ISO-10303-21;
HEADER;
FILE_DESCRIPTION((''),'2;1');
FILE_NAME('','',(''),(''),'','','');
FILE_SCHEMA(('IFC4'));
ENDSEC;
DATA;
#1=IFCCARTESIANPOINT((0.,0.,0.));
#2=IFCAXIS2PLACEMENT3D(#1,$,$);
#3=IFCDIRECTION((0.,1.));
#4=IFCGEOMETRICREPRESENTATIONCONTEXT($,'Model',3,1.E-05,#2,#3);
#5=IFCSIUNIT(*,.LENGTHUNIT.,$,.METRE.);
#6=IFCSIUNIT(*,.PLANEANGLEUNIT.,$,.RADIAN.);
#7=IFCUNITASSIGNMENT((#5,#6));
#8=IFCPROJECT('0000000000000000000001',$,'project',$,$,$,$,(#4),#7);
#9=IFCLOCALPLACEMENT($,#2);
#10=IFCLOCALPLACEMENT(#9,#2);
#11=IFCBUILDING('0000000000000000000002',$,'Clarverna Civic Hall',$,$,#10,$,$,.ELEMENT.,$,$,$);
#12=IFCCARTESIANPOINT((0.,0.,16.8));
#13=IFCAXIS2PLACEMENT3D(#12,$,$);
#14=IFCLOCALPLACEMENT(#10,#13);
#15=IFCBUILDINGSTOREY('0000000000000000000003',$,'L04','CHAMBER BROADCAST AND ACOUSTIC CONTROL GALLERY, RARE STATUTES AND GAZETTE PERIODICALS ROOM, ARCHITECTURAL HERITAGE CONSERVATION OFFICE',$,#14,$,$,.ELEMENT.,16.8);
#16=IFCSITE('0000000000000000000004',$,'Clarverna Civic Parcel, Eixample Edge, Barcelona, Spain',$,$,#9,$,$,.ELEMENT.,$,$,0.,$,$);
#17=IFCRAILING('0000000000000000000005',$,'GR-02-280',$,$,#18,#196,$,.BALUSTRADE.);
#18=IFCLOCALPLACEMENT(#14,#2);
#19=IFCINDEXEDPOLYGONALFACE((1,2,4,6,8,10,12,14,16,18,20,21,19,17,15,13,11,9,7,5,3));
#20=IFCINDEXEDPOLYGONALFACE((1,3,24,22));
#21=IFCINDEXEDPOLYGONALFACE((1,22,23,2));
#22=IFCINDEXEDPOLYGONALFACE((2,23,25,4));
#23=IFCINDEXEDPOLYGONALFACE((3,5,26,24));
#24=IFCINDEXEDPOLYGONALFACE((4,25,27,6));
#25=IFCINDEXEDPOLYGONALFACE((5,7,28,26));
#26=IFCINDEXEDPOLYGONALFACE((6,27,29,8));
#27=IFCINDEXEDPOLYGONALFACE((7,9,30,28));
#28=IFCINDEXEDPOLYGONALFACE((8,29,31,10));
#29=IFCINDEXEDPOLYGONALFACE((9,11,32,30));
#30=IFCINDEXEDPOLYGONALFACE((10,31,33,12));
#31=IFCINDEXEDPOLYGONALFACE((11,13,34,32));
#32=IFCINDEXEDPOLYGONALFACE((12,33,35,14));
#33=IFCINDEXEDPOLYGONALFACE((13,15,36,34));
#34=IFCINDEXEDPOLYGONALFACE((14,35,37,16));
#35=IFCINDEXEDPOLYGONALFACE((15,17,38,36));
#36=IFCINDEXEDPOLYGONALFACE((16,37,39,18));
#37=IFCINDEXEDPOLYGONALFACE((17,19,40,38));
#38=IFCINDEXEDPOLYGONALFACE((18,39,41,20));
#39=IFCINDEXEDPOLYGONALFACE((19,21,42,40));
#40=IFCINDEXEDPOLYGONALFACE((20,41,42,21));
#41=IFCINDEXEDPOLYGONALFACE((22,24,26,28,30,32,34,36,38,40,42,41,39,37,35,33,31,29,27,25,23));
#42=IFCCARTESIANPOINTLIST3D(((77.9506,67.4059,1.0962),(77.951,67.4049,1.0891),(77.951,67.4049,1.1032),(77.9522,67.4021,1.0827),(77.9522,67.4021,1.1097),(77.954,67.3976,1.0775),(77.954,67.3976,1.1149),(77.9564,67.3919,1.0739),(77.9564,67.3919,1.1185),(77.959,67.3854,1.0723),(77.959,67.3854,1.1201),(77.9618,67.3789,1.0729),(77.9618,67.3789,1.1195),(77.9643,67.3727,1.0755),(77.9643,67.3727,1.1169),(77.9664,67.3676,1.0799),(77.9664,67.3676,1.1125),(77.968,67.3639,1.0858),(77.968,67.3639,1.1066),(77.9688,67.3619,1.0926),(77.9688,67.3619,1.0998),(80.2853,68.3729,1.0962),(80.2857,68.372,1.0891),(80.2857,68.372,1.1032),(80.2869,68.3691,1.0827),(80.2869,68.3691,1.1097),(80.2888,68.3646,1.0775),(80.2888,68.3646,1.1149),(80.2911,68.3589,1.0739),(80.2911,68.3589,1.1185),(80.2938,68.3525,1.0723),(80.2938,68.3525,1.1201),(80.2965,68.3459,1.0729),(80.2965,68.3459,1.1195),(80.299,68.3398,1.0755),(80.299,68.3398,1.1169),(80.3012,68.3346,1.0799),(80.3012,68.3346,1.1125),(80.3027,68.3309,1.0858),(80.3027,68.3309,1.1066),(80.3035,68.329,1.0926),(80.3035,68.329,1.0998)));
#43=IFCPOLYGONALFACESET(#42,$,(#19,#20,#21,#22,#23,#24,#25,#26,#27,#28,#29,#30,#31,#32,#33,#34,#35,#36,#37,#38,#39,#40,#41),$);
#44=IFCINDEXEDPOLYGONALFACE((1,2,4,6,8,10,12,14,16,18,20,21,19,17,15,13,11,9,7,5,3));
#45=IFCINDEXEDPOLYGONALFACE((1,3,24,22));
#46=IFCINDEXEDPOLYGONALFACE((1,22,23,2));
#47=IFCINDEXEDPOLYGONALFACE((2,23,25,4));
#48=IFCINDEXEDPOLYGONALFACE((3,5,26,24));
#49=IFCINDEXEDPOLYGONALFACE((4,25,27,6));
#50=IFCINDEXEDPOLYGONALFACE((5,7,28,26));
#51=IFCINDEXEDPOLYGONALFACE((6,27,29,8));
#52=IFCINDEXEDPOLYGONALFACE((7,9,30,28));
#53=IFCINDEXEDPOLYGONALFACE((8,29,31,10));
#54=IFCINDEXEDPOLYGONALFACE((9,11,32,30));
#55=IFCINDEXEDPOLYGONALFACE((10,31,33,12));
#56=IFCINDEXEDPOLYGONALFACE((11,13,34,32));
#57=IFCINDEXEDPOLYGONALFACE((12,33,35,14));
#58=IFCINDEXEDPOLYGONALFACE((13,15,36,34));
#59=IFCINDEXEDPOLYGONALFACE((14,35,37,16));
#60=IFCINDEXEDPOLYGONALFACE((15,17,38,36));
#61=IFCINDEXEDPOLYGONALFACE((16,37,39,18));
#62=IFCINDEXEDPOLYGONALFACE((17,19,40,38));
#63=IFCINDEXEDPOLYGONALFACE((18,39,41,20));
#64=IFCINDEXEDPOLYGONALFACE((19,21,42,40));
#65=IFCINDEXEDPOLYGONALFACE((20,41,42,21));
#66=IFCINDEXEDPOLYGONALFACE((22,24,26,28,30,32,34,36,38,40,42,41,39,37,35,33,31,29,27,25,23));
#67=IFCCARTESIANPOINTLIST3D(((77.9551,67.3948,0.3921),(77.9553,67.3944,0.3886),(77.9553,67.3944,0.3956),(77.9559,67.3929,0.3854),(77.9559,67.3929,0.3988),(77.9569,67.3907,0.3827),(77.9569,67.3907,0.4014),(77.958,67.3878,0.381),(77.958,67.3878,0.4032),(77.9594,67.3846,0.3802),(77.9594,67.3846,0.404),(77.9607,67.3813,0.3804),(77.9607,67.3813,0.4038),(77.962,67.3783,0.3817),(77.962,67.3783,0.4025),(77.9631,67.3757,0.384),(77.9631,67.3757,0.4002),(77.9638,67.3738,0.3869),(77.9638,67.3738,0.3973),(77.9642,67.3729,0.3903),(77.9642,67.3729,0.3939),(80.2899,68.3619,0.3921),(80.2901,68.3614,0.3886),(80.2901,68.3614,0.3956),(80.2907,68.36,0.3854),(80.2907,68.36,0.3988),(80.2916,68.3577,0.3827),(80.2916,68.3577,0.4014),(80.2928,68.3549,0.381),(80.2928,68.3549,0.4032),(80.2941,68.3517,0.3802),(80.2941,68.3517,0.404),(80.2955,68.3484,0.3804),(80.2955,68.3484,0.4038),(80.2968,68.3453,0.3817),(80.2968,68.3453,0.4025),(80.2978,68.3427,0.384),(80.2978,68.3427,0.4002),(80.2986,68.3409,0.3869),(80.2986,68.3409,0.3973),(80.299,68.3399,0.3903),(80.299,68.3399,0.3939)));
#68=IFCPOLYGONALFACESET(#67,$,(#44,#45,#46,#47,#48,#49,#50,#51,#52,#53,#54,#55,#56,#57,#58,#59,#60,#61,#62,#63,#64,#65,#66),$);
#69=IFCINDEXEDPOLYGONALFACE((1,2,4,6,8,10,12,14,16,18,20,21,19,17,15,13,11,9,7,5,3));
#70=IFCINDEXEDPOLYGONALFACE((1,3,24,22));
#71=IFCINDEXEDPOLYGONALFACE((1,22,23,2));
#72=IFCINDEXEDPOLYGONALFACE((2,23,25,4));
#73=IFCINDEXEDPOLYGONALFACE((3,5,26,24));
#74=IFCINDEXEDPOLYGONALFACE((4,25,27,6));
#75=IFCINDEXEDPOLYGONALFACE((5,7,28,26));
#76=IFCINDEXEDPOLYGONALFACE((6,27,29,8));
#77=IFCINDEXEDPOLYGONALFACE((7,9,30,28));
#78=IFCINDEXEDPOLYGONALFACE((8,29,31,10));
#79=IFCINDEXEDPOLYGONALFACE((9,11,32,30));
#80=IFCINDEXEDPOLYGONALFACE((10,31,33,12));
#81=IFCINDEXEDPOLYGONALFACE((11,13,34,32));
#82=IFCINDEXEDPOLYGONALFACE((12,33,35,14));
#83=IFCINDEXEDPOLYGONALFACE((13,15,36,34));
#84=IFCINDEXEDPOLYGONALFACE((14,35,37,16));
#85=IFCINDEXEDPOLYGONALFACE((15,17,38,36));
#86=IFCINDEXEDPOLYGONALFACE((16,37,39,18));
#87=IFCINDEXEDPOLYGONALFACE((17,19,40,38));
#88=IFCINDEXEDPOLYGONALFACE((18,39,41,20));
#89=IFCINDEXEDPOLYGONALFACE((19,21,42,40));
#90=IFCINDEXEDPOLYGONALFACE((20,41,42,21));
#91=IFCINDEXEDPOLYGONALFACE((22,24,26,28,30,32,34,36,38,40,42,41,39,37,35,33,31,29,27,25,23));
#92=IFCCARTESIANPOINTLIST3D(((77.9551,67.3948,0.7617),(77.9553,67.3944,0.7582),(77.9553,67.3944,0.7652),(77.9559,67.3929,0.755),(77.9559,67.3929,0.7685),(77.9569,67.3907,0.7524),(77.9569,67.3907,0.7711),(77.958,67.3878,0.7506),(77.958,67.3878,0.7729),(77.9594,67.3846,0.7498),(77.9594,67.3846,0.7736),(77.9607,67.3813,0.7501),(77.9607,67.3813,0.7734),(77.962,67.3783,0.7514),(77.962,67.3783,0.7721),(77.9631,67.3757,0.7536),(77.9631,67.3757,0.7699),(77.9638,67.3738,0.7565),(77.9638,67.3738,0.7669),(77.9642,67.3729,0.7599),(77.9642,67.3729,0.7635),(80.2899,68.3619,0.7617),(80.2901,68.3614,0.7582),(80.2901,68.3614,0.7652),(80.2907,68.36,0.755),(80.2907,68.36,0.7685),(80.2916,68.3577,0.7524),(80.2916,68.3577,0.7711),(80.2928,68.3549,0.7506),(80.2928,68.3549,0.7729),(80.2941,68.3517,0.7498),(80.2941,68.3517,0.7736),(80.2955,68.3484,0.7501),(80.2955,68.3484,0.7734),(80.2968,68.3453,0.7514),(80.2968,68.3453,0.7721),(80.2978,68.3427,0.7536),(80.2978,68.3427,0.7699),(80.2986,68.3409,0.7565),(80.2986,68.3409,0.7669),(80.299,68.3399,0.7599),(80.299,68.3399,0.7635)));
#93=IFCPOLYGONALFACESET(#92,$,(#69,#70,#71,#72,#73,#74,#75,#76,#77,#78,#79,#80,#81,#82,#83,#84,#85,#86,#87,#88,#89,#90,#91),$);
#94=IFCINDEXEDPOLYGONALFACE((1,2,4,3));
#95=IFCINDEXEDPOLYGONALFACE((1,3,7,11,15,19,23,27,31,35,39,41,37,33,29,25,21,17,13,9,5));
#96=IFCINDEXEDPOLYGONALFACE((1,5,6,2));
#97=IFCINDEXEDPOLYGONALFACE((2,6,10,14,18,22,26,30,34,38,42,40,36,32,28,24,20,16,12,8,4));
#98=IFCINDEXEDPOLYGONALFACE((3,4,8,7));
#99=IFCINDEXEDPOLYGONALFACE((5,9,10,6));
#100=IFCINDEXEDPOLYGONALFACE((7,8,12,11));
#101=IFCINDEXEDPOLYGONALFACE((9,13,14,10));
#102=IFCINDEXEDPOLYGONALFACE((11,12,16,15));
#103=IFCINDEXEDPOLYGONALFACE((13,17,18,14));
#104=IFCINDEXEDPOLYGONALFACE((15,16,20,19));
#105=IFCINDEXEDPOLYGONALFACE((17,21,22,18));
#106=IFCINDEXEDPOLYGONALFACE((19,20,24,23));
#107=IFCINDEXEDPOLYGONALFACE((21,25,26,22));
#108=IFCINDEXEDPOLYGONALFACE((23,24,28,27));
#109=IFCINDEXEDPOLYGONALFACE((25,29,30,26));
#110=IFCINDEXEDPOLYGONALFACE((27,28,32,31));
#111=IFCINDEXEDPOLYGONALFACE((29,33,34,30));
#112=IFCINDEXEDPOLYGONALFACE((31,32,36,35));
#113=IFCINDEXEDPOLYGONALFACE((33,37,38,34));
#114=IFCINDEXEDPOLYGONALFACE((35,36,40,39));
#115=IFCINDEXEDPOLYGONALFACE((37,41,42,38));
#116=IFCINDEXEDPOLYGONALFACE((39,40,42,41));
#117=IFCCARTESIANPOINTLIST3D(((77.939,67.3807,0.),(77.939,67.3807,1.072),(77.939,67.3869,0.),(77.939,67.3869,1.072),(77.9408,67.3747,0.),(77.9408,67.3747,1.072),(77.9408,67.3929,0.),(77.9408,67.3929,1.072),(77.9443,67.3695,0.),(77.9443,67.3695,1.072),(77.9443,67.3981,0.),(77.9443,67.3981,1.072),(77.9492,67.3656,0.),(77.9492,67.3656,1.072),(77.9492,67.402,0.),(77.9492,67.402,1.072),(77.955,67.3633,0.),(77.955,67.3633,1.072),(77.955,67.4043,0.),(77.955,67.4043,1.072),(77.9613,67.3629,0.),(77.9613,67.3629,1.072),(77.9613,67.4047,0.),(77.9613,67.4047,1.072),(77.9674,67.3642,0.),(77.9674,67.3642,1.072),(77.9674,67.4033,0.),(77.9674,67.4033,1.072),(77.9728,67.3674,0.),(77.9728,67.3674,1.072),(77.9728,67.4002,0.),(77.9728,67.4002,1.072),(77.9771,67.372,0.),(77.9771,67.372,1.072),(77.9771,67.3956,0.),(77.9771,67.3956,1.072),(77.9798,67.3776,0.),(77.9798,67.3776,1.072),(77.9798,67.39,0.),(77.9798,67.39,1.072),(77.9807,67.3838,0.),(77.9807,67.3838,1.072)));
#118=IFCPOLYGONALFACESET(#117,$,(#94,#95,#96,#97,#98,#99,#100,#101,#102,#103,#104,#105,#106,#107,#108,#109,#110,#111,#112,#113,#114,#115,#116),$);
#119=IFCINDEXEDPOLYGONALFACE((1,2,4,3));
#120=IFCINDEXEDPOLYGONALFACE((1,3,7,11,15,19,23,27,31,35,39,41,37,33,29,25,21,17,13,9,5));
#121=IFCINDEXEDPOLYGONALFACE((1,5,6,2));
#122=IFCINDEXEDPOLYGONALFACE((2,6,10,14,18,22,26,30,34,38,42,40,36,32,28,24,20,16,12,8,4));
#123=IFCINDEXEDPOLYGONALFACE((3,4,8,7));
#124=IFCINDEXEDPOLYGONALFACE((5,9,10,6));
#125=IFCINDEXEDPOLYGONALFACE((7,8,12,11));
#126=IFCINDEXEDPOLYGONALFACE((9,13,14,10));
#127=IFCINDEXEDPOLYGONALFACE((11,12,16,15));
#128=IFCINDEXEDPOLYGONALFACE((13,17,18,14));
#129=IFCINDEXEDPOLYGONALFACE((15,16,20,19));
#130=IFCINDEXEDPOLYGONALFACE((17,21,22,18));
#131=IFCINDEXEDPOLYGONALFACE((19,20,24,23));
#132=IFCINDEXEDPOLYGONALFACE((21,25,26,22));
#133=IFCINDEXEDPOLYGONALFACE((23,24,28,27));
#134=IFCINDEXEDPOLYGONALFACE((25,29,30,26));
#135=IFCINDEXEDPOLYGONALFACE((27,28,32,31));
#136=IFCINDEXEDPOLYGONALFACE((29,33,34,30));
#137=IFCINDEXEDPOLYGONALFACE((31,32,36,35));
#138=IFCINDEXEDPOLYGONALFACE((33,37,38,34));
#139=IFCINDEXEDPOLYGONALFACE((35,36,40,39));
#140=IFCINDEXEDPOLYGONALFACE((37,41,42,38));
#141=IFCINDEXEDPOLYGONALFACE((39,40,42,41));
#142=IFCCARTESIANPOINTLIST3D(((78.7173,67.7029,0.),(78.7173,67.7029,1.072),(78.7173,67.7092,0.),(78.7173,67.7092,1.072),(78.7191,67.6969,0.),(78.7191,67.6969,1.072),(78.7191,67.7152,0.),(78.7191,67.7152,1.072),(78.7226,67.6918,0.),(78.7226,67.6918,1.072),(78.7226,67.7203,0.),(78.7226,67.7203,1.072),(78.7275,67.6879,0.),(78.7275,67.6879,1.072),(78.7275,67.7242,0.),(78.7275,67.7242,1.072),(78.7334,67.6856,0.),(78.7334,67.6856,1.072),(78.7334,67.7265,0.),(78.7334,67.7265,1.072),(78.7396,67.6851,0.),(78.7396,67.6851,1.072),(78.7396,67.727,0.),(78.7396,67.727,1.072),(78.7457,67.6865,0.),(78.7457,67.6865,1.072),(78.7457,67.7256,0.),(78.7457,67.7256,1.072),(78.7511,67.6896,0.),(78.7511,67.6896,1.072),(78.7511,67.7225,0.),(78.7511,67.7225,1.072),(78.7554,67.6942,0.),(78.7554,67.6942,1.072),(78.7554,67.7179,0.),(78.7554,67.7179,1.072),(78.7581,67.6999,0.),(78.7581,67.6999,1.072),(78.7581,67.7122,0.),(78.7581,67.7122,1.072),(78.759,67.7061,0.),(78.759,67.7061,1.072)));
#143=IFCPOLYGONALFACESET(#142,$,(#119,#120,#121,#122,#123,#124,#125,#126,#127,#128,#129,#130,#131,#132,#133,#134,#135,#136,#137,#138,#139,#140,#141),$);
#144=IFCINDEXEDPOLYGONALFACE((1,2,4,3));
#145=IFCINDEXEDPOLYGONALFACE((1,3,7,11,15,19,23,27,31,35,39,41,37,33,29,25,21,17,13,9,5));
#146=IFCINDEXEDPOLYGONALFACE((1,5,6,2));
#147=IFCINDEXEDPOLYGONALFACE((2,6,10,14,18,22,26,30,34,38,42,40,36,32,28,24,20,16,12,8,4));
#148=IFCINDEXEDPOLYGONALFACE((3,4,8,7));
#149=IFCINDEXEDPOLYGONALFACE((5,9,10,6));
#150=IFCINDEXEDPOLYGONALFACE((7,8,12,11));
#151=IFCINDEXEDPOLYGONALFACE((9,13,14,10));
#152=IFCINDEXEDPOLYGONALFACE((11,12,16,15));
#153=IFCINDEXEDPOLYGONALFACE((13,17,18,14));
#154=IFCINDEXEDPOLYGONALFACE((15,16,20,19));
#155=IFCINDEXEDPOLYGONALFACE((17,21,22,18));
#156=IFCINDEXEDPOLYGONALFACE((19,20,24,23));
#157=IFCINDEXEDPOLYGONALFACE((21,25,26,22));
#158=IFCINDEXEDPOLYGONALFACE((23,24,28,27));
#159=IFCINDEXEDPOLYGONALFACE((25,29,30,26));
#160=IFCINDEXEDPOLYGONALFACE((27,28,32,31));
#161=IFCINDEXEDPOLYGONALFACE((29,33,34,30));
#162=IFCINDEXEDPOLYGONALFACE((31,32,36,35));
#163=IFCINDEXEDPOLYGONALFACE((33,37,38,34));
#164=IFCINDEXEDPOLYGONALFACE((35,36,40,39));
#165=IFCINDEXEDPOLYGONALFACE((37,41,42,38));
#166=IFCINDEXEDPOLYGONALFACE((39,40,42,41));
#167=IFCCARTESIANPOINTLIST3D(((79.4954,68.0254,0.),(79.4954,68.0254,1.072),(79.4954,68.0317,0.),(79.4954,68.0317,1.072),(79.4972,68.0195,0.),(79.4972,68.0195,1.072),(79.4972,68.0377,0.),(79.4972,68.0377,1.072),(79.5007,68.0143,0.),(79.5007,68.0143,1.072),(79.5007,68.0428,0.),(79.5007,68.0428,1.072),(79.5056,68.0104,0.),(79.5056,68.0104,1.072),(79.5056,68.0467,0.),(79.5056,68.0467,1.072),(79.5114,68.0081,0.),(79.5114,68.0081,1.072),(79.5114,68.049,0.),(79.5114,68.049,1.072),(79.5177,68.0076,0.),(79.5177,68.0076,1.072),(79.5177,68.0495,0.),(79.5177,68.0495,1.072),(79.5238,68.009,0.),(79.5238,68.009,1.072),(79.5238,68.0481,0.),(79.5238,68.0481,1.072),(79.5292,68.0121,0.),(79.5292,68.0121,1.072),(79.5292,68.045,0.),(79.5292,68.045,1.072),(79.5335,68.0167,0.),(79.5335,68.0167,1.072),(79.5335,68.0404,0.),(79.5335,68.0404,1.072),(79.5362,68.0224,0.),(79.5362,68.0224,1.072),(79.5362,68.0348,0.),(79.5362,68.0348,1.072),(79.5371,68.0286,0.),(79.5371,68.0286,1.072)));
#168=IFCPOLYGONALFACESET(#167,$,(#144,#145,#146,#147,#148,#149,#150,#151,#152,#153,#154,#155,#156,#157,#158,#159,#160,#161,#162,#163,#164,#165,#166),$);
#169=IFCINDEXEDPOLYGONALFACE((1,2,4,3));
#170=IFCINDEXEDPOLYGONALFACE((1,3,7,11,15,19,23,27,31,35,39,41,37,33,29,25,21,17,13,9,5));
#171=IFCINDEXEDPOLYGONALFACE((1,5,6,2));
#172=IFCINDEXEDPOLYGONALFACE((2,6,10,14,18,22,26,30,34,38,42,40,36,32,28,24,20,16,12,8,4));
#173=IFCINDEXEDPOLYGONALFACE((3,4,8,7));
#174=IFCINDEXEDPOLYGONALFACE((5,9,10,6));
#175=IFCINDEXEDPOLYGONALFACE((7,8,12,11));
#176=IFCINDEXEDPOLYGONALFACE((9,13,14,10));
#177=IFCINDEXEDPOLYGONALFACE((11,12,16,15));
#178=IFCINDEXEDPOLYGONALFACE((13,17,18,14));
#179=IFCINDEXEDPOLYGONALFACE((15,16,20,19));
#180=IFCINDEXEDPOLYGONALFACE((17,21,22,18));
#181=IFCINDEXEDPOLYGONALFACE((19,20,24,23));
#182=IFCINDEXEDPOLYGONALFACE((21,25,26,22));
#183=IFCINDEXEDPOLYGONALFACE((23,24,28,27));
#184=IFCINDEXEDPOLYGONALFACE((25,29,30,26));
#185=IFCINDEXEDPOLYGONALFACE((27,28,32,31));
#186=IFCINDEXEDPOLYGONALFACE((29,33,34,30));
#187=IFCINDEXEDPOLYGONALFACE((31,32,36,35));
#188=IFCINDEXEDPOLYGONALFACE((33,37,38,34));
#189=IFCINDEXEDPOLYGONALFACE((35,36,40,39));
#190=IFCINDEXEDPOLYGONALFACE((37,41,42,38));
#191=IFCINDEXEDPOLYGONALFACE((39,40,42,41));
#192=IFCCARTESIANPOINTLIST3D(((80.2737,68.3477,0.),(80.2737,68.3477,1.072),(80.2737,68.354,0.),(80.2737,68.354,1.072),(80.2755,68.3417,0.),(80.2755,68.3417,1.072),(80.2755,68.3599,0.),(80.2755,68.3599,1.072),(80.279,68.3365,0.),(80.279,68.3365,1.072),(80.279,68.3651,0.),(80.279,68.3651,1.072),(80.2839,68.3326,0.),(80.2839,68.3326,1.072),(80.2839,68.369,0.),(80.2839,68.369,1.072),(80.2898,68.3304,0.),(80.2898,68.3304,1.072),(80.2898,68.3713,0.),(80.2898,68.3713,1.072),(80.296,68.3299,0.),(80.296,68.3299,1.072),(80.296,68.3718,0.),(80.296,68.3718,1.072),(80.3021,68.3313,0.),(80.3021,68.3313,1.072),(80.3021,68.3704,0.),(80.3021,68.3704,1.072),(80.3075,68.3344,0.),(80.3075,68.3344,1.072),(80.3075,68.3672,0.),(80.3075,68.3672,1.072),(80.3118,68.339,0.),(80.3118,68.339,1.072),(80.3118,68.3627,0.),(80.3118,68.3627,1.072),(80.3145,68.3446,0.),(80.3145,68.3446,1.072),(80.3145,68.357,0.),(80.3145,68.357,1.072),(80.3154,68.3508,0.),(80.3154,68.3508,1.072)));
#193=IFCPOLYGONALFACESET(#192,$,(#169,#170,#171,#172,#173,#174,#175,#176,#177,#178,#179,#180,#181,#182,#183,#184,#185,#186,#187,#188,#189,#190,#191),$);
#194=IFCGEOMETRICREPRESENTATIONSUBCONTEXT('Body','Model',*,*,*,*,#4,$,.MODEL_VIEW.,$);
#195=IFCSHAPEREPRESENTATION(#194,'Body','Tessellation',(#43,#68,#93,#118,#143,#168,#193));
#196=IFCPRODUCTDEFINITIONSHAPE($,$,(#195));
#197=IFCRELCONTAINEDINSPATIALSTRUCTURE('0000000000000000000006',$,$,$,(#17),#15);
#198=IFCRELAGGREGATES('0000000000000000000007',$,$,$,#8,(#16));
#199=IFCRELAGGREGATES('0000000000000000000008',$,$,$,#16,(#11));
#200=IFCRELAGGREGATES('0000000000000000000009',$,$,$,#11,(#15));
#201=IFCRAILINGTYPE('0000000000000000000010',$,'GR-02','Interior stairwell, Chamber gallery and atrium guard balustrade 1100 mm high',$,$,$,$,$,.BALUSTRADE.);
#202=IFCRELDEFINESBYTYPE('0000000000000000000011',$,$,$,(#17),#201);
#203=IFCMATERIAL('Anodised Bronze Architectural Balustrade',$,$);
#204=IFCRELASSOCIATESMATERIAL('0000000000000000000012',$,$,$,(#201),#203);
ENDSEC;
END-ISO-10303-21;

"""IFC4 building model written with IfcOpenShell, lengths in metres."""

from ifc_helpers import new_model, si_unit, direction, frame, origin, origin_2d, place, context, subcontext, project, spatial, circle, extrude, material, type_object, element, save


model = new_model("IFC4")

# Units and contexts
model_context = context("Model", 3, precision=1e-05, world=origin(), true_north=direction((0.0, 1.0)))
body_context = subcontext(model_context, "Body", "Model", "MODEL_VIEW")
ifc_project = project(units=[si_unit("LENGTHUNIT", "METRE"), si_unit("PLANEANGLEUNIT", "RADIAN")], contexts=[model_context])

# Site, building, storey
site_placement = place(None, origin())
site = spatial("IfcSite", under=ifc_project, at=site_placement, Name="Clarverna Civic Parcel, Eixample Edge, Barcelona, Spain", CompositionType="ELEMENT", RefElevation=0.0)
building_placement = place(site_placement, origin())
building = spatial("IfcBuilding", under=site, at=building_placement, Name="Clarverna Civic Hall", CompositionType="ELEMENT")
storey_placement = place(building_placement, frame((0.0, 0.0, 16.8)))
storey = spatial("IfcBuildingStorey", under=building, at=storey_placement, Name="L04", Description="CHAMBER BROADCAST AND ACOUSTIC CONTROL GALLERY, RARE STATUTES AND GAZETTE PERIODICALS ROOM, ARCHITECTURAL HERITAGE CONSERVATION OFFICE", CompositionType="ELEMENT", Elevation=16.8)

# Railing
ifc_material_1 = material(Name="Anodised Bronze Architectural Balustrade")
railing_type = type_object("IfcRailingType", Name="GR-02", Description="Interior stairwell, Chamber gallery and atrium guard balustrade 1100 mm high", PredefinedType="BALUSTRADE", material=ifc_material_1)
railing_1_placement = place(storey_placement, frame((77.9597, 67.3838, 0.0)))
element("IfcRailing", 1, at=railing_1_placement, inside=storey, type_object=railing_type, Name="GR-02-280", PredefinedType="BALUSTRADE", context=body_context, shape_type="SweptSolid", body=[
    extrude(circle(Radius=0.0239, at=origin_2d()), frame((0.0, 0.0, 1.0962), z_axis=(0.923884, 0.382673, 0.0), x_axis=(-0.382673, 0.923884, 0.0)), (0.0, 0.0, 1.0), 2.5271),
    extrude(circle(Radius=0.012, at=origin_2d()), frame((0.0, 0.0, 0.3921), z_axis=(0.923884, 0.382673, 0.0), x_axis=(-0.382673, 0.923884, 0.0)), (0.0, 0.0, 1.0), 2.5271),
    extrude(circle(Radius=0.012, at=origin_2d()), frame((0.0, 0.0, 0.7617), z_axis=(0.923884, 0.382673, 0.0), x_axis=(-0.382673, 0.923884, 0.0)), (0.0, 0.0, 1.0), 2.5271),
    extrude(circle(Radius=0.021, at=origin_2d()), origin(), (0.0, 0.0, 1.0), 1.072),
    extrude(circle(Radius=0.021, at=origin_2d()), frame((0.7783, 0.3223, 0.0)), (0.0, 0.0, 1.0), 1.072),
    extrude(circle(Radius=0.021, at=origin_2d()), frame((1.5564, 0.6448, 0.0)), (0.0, 0.0, 1.0), 1.072),
    extrude(circle(Radius=0.021, at=origin_2d()), frame((2.3347, 0.967, 0.0)), (0.0, 0.0, 1.0), 1.072),
])

save(model, "model.ifc")
